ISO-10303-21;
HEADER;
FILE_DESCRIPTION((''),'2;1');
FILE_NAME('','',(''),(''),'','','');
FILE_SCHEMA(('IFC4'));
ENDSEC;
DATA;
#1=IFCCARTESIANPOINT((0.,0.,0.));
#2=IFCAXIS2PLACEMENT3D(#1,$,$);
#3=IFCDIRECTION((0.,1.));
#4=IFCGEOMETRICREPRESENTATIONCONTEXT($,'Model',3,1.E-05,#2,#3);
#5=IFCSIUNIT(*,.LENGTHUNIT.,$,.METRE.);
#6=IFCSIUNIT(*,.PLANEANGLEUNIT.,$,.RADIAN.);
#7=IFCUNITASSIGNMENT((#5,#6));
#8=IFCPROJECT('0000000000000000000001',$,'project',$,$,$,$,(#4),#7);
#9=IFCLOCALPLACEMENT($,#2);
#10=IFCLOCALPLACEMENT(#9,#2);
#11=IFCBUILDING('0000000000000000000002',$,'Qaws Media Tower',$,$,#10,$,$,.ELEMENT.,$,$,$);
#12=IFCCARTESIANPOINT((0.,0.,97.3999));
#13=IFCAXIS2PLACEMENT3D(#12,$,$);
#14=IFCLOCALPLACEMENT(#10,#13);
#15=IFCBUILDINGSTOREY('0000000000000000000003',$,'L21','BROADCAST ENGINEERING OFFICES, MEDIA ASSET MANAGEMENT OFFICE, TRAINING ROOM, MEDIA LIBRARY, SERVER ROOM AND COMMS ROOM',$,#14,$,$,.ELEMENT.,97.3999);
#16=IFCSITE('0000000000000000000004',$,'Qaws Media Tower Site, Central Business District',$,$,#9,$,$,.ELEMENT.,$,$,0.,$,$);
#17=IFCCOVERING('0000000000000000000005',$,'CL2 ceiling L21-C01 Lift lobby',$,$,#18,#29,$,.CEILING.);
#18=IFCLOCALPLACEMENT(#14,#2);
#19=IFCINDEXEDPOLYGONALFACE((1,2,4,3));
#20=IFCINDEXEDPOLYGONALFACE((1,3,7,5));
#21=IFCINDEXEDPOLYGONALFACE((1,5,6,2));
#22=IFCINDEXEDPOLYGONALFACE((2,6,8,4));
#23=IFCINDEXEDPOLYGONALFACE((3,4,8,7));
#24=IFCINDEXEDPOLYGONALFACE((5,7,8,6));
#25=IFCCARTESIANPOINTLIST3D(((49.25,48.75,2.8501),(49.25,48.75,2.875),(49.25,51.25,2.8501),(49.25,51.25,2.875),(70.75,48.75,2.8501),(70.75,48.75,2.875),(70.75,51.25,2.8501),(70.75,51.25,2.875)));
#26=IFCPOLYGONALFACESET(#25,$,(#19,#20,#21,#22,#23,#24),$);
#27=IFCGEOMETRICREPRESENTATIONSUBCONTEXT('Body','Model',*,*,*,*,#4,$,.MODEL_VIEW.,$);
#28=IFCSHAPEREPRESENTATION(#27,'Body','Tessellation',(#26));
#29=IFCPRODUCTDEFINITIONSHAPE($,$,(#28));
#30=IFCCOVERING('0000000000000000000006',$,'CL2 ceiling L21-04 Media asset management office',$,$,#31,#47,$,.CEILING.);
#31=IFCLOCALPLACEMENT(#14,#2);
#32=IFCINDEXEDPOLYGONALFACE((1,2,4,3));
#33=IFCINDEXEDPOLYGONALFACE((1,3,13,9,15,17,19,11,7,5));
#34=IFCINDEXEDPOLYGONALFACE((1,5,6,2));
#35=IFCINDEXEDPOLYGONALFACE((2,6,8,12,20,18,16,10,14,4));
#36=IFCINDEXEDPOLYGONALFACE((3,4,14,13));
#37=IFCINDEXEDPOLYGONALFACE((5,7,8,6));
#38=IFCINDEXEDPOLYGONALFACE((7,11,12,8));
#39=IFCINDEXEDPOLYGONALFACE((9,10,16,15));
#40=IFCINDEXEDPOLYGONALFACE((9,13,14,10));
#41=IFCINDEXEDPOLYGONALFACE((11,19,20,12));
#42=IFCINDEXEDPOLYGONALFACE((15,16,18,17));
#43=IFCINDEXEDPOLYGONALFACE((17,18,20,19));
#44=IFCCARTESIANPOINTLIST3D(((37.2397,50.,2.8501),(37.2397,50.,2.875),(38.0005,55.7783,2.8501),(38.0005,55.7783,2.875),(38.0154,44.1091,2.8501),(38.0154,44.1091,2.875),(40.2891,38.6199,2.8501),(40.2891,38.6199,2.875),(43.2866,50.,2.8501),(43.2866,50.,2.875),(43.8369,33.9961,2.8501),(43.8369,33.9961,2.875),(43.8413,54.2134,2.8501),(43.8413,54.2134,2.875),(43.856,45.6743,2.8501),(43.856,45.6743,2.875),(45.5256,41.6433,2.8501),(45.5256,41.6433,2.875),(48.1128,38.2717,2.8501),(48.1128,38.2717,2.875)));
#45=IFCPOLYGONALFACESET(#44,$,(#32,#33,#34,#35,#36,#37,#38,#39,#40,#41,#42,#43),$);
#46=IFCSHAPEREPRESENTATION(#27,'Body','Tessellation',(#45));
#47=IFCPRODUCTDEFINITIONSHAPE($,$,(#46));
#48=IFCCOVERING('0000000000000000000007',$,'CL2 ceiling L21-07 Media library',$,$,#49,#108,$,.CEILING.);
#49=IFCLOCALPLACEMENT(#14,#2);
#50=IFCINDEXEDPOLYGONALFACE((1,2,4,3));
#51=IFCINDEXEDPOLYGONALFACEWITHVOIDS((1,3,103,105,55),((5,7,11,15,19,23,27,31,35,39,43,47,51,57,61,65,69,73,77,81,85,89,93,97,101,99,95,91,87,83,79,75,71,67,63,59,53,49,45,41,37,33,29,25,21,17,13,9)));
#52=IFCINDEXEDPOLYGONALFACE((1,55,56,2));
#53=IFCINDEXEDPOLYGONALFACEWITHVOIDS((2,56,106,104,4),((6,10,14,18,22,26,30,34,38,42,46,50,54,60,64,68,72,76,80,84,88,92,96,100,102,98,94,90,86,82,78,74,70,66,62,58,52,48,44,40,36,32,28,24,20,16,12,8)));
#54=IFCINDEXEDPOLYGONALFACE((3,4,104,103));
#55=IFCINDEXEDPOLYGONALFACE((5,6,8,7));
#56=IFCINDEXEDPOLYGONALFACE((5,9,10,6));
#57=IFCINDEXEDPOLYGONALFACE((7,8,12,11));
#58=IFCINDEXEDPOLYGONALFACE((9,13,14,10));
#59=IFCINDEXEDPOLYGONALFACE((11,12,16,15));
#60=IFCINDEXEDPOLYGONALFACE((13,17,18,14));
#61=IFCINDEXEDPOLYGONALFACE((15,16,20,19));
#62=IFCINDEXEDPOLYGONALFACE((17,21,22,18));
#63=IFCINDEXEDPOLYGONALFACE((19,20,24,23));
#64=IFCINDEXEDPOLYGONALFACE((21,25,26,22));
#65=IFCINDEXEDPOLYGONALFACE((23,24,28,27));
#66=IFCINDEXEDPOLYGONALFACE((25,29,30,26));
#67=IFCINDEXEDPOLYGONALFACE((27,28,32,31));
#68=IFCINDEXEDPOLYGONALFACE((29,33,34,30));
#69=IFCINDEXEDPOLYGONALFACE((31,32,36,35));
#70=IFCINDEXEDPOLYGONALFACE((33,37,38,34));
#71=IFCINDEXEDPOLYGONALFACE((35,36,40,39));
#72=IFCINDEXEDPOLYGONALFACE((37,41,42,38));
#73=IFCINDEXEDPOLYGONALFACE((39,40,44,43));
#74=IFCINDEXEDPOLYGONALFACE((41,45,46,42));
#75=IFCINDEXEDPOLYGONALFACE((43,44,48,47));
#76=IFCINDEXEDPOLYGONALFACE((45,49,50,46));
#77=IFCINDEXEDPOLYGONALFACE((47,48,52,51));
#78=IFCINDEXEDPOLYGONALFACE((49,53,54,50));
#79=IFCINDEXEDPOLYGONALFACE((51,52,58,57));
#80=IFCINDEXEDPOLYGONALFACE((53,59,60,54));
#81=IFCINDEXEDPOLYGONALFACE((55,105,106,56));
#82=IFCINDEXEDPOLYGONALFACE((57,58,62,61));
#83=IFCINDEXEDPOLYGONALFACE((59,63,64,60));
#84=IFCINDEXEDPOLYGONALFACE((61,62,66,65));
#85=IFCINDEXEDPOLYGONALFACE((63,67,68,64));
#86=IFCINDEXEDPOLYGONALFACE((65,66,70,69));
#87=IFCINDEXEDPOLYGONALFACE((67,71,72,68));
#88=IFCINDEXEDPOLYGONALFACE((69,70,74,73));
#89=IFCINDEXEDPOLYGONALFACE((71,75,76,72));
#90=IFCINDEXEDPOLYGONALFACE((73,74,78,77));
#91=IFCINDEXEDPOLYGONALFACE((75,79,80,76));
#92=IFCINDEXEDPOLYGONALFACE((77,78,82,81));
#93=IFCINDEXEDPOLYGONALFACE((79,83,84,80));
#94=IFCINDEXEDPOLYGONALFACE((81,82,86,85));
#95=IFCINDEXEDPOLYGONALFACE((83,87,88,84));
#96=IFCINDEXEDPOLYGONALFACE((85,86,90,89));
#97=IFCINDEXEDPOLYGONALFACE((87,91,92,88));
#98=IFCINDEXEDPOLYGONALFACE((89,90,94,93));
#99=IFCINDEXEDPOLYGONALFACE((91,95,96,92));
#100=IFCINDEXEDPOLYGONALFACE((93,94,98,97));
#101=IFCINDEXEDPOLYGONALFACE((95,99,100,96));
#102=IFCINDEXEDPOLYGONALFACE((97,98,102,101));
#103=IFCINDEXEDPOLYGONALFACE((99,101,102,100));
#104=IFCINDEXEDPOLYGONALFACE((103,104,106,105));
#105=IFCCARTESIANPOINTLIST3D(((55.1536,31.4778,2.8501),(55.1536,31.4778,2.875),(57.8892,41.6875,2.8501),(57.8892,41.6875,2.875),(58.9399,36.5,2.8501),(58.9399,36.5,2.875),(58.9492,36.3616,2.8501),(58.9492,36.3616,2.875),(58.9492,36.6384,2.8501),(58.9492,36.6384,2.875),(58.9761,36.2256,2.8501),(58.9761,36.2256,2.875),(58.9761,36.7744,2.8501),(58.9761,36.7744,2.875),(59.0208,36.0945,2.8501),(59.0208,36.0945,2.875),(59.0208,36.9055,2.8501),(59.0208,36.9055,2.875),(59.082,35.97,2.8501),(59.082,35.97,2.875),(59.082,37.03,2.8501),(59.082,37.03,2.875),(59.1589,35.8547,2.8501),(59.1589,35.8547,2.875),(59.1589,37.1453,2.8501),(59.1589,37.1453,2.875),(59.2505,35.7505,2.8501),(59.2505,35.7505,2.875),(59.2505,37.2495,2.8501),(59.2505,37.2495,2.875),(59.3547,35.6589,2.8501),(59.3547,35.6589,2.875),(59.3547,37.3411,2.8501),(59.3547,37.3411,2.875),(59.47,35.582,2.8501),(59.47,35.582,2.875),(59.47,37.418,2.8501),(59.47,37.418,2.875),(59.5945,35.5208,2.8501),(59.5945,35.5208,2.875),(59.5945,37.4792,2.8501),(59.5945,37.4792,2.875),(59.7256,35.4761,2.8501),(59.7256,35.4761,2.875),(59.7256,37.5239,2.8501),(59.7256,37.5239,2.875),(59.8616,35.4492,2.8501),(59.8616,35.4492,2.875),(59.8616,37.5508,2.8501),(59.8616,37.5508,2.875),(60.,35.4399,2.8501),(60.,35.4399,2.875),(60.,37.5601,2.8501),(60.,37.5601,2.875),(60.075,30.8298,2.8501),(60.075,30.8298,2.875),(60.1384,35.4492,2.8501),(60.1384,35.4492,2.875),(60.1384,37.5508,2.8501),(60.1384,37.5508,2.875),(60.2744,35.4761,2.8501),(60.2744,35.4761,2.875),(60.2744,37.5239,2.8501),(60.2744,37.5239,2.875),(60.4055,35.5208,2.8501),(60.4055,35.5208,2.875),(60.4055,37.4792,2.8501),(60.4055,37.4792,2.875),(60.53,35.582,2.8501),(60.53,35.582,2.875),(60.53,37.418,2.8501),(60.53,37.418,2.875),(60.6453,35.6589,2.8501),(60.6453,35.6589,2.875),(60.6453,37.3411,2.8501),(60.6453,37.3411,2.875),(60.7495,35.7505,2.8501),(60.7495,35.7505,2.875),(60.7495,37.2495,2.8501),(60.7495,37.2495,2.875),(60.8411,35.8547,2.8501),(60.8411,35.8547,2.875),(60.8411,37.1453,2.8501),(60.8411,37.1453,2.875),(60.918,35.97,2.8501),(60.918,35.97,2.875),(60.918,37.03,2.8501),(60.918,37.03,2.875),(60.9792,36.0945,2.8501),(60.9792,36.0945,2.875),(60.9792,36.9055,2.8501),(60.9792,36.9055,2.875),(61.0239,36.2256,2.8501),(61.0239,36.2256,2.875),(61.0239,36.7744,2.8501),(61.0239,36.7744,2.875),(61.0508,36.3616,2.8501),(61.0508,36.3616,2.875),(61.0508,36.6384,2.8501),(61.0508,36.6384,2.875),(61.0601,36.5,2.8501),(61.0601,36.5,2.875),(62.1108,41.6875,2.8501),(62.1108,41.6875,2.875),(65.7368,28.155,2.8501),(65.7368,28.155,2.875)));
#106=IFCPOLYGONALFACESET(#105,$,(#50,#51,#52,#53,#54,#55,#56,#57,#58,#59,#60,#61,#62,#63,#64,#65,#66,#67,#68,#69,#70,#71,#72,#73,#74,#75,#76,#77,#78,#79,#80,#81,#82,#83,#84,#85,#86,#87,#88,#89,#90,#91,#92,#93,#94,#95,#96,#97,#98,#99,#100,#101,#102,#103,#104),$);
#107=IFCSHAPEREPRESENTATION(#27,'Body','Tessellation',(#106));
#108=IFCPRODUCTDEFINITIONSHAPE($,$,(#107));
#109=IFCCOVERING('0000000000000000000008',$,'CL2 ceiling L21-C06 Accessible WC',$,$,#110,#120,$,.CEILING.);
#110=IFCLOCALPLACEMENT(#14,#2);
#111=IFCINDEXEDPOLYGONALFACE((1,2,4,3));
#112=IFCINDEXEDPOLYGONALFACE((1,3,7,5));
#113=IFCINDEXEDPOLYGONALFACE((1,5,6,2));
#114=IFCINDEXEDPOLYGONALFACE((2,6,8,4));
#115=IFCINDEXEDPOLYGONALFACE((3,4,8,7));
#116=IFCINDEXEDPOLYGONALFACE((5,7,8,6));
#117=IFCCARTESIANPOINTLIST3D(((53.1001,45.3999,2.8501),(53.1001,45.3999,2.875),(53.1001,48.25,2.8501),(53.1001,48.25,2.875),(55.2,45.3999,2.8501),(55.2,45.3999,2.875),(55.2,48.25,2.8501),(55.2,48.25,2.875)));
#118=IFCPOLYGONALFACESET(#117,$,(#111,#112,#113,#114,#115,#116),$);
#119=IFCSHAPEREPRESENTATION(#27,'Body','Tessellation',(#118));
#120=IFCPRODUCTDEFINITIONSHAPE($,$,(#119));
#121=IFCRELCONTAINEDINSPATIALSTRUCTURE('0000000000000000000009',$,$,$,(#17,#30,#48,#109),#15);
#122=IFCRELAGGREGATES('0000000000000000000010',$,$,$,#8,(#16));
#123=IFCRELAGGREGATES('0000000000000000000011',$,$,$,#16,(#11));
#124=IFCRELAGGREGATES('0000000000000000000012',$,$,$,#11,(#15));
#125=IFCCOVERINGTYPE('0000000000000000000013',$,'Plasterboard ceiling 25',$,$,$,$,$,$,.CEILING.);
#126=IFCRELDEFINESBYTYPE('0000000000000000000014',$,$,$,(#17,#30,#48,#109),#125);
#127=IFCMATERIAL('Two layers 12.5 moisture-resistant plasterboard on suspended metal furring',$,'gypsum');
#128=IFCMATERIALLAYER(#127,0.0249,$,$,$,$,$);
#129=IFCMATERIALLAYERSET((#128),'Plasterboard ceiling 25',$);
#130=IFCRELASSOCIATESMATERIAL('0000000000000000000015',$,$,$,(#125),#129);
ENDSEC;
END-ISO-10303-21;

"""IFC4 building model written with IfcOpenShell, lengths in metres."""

from ifc_helpers import new_model, si_unit, direction, frame, origin, place, context, subcontext, project, spatial, polyline, outline, extrude, material, layer, layer_set, type_object, element, save


model = new_model("IFC4")

# Units and contexts
model_context = context("Model", 3, precision=1e-05, world=origin(), true_north=direction((0.0, 1.0)))
body_context = subcontext(model_context, "Body", "Model", "MODEL_VIEW")
ifc_project = project(units=[si_unit("LENGTHUNIT", "METRE"), si_unit("PLANEANGLEUNIT", "RADIAN")], contexts=[model_context])

# Site, building, storey
site_placement = place(None, origin())
site = spatial("IfcSite", under=ifc_project, at=site_placement, Name="Qaws Media Tower Site, Central Business District", CompositionType="ELEMENT", RefElevation=0.0)
building_placement = place(site_placement, origin())
building = spatial("IfcBuilding", under=site, at=building_placement, Name="Qaws Media Tower", CompositionType="ELEMENT")
storey_placement = place(building_placement, frame((0.0, 0.0, 97.3999)))
storey = spatial("IfcBuildingStorey", under=building, at=storey_placement, Name="L21", Description="BROADCAST ENGINEERING OFFICES, MEDIA ASSET MANAGEMENT OFFICE, TRAINING ROOM, MEDIA LIBRARY, SERVER ROOM AND COMMS ROOM", CompositionType="ELEMENT", Elevation=97.3999)

# Coverings
ifc_material_1 = material(Name="Two layers 12.5 moisture-resistant plasterboard on suspended metal furring", Category="gypsum")
ifc_layer_1 = layer(ifc_material_1, 0.0249)
ifc_layer_set_1 = layer_set([ifc_layer_1], Name="Plasterboard ceiling 25")
covering_type_1 = type_object("IfcCoveringType", Name="Plasterboard ceiling 25", PredefinedType="CEILING", material=ifc_layer_set_1)
covering_1_placement = place(storey_placement, frame((0.0, 0.0, 2.8501)))
element("IfcCovering", 1, at=covering_1_placement, inside=storey, type_object=covering_type_1, Name="CL2 ceiling L21-C01 Lift lobby", PredefinedType="CEILING", context=body_context, shape_type="SweptSolid", body=[
    extrude(outline(polyline([(49.25, 48.75), (49.25, 51.25), (70.75, 51.25), (70.75, 48.75), (49.25, 48.75)])), origin(), (0.0, 0.0, 1.0), 0.0249),
])
covering_2_placement = place(storey_placement, frame((0.0, 0.0, 2.8501)))
element("IfcCovering", 2, at=covering_2_placement, inside=storey, type_object=covering_type_1, Name="CL2 ceiling L21-04 Media asset management office", PredefinedType="CEILING", context=body_context, shape_type="SweptSolid", body=[
    extrude(outline(polyline([(40.2891, 38.6199), (38.0154, 44.1091), (37.2397, 50.0), (38.0005, 55.7783), (43.8413, 54.2134), (43.2866, 50.0), (43.856, 45.6743), (45.5256, 41.6433), (48.1128, 38.2717), (43.8369, 33.9961), (40.2891, 38.6199)])), origin(), (0.0, 0.0, 1.0), 0.0249),
])
covering_3_placement = place(storey_placement, frame((0.0, 0.0, 2.8501)))
element("IfcCovering", 3, at=covering_3_placement, inside=storey, type_object=covering_type_1, Name="CL2 ceiling L21-07 Media library", PredefinedType="CEILING", context=body_context, shape_type="SweptSolid", body=[
    extrude(outline(polyline([(60.075, 30.8298), (55.1536, 31.4778), (57.8892, 41.6875), (62.1108, 41.6875), (65.7368, 28.155), (60.075, 30.8298)]), holes=[polyline([(61.0239, 36.2256), (61.0508, 36.3616), (61.0601, 36.5), (61.0508, 36.6384), (61.0239, 36.7744), (60.9792, 36.9055), (60.918, 37.03), (60.8411, 37.1453), (60.7495, 37.2495), (60.6453, 37.3411), (60.53, 37.418), (60.4055, 37.4792), (60.2744, 37.5239), (60.1384, 37.5508), (60.0, 37.5601), (59.8616, 37.5508), (59.7256, 37.5239), (59.5945, 37.4792), (59.47, 37.418), (59.3547, 37.3411), (59.2505, 37.2495), (59.1589, 37.1453), (59.082, 37.03), (59.0208, 36.9055), (58.9761, 36.7744), (58.9492, 36.6384), (58.9399, 36.5), (58.9492, 36.3616), (58.9761, 36.2256), (59.0208, 36.0945), (59.082, 35.97), (59.1589, 35.8547), (59.2505, 35.7505), (59.3547, 35.6589), (59.47, 35.582), (59.5945, 35.5208), (59.7256, 35.4761), (59.8616, 35.4492), (60.0, 35.4399), (60.1384, 35.4492), (60.2744, 35.4761), (60.4055, 35.5208), (60.53, 35.582), (60.6453, 35.6589), (60.7495, 35.7505), (60.8411, 35.8547), (60.918, 35.97), (60.9792, 36.0945), (61.0239, 36.2256)])]), origin(), (0.0, 0.0, 1.0), 0.0249),
])
covering_4_placement = place(storey_placement, frame((0.0, 0.0, 2.8501)))
element("IfcCovering", 4, at=covering_4_placement, inside=storey, type_object=covering_type_1, Name="CL2 ceiling L21-C06 Accessible WC", PredefinedType="CEILING", context=body_context, shape_type="SweptSolid", body=[
    extrude(outline(polyline([(53.1001, 45.3999), (53.1001, 48.25), (55.2, 48.25), (55.2, 45.3999), (53.1001, 45.3999)])), origin(), (0.0, 0.0, 1.0), 0.0249),
])

save(model, "model.ifc")
